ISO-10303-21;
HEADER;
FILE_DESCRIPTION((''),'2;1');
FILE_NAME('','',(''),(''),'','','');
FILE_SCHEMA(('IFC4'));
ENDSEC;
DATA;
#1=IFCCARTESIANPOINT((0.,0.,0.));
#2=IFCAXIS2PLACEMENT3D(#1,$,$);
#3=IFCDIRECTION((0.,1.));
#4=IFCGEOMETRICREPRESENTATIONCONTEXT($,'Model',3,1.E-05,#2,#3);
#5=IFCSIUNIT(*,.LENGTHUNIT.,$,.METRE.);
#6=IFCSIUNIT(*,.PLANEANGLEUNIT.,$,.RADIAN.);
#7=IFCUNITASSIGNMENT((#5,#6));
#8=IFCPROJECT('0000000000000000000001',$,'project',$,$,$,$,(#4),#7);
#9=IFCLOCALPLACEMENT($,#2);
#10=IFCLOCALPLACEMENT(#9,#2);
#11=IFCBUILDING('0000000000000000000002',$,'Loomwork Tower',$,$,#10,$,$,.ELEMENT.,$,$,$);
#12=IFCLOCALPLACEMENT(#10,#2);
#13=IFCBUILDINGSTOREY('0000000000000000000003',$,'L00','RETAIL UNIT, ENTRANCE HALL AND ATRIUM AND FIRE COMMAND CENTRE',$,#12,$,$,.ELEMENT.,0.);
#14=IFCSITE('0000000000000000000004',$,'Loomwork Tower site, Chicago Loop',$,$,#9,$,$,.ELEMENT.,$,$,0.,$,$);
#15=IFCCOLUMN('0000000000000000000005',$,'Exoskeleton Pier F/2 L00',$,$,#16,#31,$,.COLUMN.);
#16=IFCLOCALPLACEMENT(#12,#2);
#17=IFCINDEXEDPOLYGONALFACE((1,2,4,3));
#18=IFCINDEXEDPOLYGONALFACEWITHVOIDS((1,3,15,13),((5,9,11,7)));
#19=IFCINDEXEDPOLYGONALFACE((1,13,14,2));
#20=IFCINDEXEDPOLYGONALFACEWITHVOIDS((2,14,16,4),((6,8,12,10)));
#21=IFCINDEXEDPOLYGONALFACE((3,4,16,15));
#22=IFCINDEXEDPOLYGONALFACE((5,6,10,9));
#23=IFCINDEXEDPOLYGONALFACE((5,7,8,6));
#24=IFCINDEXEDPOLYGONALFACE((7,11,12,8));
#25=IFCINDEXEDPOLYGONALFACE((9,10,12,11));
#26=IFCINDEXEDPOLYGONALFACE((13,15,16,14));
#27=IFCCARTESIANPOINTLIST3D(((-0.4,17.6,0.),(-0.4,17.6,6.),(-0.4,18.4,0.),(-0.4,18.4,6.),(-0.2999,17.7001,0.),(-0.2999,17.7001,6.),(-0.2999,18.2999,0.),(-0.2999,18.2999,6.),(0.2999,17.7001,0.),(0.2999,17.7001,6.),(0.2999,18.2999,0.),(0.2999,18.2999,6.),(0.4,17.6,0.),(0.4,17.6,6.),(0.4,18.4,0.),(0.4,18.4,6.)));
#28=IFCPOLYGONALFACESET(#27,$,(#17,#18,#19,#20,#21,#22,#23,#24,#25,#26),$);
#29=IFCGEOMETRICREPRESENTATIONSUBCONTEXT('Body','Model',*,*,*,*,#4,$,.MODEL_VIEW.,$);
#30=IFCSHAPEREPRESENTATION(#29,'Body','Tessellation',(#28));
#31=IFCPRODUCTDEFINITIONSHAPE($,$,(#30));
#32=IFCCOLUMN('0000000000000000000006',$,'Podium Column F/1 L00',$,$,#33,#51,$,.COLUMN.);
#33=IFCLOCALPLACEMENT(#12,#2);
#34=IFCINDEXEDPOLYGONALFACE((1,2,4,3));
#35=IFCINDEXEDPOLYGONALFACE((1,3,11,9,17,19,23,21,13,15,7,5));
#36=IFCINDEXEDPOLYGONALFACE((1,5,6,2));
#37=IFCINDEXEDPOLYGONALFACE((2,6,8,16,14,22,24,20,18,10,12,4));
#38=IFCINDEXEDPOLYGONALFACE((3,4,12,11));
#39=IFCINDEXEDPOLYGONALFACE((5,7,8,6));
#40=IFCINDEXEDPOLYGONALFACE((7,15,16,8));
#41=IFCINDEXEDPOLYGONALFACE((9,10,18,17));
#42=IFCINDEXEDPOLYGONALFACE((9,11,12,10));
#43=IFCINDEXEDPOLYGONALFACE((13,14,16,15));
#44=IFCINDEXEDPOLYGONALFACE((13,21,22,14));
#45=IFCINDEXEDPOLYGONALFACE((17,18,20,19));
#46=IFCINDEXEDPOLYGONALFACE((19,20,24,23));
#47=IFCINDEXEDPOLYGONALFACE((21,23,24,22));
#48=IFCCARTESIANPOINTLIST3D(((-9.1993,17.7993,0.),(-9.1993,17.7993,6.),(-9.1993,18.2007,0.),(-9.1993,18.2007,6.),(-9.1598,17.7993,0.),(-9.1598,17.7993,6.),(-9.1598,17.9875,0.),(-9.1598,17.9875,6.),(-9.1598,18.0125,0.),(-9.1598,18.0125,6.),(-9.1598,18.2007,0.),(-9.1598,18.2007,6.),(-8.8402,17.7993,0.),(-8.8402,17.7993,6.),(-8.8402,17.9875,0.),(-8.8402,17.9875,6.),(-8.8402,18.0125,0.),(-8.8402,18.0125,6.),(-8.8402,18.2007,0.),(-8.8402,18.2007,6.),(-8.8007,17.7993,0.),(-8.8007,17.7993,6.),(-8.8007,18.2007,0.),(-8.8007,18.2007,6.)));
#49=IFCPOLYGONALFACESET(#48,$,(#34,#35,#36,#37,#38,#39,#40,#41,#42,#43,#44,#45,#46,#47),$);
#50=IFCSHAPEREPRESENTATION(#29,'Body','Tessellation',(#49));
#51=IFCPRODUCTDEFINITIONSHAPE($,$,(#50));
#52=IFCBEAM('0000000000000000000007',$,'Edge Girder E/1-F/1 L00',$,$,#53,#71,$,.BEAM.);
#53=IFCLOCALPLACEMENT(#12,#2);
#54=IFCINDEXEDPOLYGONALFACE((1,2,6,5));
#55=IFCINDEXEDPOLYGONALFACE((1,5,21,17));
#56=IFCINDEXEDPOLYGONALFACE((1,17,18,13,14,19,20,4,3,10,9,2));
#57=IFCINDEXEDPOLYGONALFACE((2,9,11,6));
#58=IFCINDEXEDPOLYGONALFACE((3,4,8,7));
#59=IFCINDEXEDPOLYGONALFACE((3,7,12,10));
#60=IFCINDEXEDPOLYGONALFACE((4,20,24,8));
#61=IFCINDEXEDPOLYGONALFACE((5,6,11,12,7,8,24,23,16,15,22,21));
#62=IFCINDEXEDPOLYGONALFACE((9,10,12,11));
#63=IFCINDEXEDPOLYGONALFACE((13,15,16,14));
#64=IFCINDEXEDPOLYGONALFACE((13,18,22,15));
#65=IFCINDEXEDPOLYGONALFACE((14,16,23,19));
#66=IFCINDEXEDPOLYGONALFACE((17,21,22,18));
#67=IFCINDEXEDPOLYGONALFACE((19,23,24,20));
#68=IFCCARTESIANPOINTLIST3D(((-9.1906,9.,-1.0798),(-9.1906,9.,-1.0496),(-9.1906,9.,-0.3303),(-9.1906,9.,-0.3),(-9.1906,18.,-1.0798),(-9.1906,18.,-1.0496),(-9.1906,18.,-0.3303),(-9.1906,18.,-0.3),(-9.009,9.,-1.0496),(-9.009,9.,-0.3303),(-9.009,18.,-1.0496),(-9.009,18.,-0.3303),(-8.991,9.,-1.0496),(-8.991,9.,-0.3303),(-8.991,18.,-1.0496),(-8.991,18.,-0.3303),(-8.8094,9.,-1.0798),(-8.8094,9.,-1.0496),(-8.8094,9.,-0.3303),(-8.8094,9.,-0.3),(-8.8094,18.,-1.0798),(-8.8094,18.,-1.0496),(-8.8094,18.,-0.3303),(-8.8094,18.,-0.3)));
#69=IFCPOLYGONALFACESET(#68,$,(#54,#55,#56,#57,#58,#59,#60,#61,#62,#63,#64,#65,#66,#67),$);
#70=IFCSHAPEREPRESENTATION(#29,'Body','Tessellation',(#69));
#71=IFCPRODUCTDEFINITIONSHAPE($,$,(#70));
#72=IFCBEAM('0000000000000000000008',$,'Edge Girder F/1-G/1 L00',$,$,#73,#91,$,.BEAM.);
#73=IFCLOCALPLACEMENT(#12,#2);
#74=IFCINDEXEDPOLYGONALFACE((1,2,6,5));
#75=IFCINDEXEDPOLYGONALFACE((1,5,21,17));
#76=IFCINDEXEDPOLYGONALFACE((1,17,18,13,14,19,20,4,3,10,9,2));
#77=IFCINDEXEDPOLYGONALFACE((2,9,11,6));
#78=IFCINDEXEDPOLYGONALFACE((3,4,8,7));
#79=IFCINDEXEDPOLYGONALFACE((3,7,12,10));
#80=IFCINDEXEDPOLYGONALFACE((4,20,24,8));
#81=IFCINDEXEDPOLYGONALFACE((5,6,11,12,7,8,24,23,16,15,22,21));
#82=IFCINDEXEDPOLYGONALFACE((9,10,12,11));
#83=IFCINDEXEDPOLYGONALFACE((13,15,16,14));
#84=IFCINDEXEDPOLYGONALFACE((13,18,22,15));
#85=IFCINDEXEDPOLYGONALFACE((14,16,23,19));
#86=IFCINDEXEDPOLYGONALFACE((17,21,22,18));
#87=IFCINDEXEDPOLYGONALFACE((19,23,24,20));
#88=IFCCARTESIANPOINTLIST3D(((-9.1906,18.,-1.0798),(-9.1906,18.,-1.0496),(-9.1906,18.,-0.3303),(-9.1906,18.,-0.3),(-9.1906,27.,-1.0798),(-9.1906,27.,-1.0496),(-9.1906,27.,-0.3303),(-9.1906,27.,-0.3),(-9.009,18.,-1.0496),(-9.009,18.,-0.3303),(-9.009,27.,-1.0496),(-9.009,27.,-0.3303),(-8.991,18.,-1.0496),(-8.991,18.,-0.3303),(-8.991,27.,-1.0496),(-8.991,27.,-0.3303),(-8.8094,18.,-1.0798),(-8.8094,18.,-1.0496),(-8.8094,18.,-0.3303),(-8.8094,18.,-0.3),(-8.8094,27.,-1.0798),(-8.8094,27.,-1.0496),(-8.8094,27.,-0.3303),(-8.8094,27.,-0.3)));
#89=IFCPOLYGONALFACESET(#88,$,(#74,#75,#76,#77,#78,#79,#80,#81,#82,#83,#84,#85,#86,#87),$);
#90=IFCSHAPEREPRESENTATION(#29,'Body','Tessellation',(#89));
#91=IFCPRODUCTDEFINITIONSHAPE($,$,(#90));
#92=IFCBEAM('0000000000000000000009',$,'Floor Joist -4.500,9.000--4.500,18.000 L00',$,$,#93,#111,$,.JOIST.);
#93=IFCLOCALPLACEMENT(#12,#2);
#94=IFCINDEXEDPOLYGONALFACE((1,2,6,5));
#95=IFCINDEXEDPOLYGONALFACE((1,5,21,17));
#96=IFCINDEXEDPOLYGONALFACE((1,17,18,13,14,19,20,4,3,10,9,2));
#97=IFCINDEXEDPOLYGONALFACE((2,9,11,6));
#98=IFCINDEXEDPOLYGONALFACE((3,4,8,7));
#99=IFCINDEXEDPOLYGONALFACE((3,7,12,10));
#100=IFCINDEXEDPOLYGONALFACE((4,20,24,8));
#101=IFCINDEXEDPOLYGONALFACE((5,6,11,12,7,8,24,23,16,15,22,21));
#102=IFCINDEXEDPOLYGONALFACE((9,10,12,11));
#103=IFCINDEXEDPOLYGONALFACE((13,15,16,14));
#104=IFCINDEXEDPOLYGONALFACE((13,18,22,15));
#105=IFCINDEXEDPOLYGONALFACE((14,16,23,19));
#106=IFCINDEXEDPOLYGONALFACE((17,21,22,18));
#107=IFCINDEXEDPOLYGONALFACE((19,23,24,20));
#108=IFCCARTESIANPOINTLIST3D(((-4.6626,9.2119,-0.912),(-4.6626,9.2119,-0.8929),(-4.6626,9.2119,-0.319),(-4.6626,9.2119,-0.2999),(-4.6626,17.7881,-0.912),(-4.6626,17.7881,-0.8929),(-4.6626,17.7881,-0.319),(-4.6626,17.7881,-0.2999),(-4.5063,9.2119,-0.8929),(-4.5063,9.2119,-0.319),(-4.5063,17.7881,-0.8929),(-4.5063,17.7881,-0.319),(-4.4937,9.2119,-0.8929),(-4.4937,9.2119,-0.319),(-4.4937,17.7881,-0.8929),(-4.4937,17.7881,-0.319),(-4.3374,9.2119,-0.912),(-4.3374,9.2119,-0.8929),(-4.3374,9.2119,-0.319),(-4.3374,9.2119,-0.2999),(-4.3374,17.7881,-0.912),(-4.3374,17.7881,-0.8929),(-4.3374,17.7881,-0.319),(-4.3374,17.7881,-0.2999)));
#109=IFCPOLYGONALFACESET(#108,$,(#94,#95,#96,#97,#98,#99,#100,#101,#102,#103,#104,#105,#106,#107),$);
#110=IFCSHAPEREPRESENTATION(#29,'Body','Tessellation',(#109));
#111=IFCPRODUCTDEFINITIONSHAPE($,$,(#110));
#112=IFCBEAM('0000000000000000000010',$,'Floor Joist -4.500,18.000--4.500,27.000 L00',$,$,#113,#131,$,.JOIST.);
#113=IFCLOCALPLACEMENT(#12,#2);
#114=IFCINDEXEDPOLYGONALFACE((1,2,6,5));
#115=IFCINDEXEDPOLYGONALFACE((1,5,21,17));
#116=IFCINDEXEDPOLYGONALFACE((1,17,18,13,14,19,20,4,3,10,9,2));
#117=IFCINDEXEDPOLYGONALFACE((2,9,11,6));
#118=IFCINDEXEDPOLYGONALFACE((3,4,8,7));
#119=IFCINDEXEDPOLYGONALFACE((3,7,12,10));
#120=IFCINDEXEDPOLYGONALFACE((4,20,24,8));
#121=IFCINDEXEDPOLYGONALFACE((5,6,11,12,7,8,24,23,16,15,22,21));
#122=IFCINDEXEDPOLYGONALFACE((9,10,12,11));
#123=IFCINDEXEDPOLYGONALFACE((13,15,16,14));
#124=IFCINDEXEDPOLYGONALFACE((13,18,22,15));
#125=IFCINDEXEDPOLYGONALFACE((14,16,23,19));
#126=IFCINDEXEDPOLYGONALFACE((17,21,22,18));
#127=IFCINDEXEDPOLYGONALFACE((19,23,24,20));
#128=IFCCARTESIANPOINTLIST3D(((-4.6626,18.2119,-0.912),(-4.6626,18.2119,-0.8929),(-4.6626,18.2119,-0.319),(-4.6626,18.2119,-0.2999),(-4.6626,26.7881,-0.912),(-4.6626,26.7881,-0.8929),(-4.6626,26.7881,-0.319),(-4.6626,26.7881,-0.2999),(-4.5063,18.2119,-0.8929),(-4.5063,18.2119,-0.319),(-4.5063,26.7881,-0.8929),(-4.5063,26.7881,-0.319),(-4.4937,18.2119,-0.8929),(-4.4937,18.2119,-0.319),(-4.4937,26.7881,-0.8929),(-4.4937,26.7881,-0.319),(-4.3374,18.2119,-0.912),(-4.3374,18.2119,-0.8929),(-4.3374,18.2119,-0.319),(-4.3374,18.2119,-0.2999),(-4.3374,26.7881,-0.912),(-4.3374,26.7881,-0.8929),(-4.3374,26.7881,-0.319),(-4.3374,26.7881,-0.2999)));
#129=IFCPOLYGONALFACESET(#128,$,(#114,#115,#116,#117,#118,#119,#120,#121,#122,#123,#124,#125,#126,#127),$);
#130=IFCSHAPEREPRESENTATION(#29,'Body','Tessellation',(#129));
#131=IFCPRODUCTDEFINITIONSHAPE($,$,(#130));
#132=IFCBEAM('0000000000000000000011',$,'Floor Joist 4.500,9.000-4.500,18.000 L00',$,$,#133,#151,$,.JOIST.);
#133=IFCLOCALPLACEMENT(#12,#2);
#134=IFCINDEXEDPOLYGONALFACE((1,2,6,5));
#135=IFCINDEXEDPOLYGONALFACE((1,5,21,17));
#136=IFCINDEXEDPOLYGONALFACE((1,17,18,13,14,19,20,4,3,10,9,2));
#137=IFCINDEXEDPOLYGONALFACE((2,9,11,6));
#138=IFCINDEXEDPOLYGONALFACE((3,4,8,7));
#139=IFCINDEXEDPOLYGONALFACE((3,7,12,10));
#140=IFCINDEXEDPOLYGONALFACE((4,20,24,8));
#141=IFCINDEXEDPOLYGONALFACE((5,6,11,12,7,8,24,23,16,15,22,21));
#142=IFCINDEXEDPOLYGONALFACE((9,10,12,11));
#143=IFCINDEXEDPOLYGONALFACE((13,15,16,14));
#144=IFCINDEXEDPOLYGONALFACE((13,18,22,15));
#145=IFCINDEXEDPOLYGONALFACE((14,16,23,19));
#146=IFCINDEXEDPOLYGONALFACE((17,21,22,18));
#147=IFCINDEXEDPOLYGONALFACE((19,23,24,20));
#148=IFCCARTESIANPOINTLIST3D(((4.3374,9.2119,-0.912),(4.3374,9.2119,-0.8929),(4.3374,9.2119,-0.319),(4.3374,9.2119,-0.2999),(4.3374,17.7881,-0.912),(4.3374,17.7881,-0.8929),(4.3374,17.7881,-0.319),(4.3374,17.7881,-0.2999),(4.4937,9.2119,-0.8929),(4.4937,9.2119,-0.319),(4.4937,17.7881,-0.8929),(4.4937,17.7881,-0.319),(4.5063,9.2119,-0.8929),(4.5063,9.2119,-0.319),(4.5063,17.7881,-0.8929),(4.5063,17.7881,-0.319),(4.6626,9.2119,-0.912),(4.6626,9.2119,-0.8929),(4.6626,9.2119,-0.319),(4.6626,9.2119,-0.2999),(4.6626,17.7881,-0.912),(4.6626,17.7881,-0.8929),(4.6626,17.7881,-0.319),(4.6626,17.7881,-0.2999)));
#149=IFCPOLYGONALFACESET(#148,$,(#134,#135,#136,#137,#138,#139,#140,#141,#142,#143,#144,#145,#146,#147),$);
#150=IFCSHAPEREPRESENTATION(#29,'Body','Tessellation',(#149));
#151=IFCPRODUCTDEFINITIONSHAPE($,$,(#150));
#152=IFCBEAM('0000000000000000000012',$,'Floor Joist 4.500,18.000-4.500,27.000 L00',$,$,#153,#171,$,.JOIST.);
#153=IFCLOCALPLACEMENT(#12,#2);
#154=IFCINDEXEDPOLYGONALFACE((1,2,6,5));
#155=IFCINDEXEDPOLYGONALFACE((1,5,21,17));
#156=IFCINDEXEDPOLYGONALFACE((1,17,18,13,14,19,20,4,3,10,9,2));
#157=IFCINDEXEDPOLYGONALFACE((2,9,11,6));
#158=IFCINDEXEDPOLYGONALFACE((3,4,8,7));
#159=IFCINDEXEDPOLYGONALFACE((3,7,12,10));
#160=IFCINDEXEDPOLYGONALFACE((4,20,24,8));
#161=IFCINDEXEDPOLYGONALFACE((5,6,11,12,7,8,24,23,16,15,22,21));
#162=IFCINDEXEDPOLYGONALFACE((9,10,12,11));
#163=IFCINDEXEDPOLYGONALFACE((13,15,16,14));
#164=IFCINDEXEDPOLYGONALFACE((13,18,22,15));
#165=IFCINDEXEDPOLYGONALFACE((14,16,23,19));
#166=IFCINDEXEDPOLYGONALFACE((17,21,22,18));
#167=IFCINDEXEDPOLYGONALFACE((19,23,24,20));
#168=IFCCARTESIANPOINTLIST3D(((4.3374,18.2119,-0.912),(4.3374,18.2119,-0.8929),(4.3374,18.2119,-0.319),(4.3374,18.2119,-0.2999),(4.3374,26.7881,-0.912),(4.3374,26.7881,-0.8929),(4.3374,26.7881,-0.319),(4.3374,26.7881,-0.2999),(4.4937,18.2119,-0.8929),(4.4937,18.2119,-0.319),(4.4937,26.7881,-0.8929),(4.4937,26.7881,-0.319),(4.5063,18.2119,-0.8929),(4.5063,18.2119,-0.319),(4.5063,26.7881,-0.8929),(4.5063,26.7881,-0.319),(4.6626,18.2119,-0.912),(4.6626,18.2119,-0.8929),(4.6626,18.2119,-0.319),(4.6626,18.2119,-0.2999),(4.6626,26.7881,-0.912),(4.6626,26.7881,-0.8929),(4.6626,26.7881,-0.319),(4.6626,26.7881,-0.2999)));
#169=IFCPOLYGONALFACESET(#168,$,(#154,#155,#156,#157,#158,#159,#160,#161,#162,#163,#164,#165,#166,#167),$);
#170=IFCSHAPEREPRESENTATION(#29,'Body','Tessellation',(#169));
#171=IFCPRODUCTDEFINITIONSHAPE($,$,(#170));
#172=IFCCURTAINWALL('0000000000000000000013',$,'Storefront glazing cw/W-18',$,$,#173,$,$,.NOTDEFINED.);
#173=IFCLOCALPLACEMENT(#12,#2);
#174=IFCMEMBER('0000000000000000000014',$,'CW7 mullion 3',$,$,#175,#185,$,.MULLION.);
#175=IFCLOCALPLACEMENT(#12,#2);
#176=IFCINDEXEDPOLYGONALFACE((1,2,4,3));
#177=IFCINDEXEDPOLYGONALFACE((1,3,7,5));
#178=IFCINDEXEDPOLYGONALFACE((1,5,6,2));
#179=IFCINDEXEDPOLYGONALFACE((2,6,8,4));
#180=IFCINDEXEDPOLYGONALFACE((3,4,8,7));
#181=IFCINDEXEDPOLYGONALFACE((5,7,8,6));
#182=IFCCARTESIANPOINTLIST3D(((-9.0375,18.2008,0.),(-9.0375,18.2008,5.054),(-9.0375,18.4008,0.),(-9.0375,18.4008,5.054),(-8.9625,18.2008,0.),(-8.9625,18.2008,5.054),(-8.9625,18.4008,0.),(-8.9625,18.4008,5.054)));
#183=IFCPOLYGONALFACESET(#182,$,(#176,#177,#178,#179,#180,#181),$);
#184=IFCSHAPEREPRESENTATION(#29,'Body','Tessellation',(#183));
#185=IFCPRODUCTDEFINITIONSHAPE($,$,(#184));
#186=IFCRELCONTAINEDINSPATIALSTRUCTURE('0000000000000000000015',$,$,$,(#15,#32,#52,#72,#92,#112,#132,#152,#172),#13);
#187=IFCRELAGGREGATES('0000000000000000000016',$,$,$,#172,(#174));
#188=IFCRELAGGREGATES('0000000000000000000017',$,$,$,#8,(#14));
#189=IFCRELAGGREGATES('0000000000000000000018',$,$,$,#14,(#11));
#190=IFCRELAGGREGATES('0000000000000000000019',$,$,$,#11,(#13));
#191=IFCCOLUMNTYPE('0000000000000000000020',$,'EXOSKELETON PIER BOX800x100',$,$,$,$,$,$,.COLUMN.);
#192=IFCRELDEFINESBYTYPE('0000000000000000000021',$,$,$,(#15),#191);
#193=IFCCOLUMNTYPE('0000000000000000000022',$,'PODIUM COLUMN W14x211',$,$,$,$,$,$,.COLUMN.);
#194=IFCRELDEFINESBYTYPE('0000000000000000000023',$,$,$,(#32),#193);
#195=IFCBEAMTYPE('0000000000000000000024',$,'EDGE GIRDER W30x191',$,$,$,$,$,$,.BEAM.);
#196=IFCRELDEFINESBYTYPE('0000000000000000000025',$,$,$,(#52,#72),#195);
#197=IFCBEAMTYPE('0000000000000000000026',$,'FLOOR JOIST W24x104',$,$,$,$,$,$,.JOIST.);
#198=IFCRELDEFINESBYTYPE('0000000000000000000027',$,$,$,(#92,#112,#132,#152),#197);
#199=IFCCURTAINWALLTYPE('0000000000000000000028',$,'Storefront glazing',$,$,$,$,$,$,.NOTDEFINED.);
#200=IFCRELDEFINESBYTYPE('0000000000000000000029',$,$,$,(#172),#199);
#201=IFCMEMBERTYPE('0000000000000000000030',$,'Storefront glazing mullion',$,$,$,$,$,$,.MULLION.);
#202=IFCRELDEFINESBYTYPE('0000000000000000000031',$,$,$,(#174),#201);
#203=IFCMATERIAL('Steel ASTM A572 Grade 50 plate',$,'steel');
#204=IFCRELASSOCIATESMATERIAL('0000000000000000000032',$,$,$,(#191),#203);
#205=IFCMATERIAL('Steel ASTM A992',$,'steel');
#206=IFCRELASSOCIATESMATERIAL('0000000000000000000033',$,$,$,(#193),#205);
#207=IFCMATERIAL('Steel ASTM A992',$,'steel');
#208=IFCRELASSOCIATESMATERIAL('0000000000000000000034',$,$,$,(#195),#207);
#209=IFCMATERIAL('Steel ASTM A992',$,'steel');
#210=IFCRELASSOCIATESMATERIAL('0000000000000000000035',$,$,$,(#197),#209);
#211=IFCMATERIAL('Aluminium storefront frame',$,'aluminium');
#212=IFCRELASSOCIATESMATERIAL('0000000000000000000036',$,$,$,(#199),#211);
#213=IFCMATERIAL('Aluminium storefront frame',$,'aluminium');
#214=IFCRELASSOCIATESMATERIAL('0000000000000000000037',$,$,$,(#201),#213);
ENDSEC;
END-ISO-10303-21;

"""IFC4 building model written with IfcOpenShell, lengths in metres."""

from ifc_helpers import new_model, si_unit, direction, frame, origin, origin_2d, place, context, subcontext, project, spatial, rectangle, hollow_rectangle, i_section, extrude, material, material_profile, profile_set, type_object, element, aggregate, save


model = new_model("IFC4")

# Units and contexts
model_context = context("Model", 3, precision=1e-05, world=origin(), true_north=direction((0.0, 1.0)))
body_context = subcontext(model_context, "Body", "Model", "MODEL_VIEW")
ifc_project = project(units=[si_unit("LENGTHUNIT", "METRE"), si_unit("PLANEANGLEUNIT", "RADIAN")], contexts=[model_context])

# Site, building, storey
site_placement = place(None, origin())
site = spatial("IfcSite", under=ifc_project, at=site_placement, Name="Loomwork Tower site, Chicago Loop", CompositionType="ELEMENT", RefElevation=0.0)
building_placement = place(site_placement, origin())
building = spatial("IfcBuilding", under=site, at=building_placement, Name="Loomwork Tower", CompositionType="ELEMENT")
storey_placement = place(building_placement, origin())
storey = spatial("IfcBuildingStorey", under=building, at=storey_placement, Name="L00", Description="RETAIL UNIT, ENTRANCE HALL AND ATRIUM AND FIRE COMMAND CENTRE", CompositionType="ELEMENT", Elevation=0.0)

# Columns
ifc_material_1 = material(Name="Steel ASTM A572 Grade 50 plate", Category="steel")
ifc_material_profile_1 = material_profile(ifc_material_1, hollow_rectangle(XDim=0.8, YDim=0.8, WallThickness=0.1001, at=origin_2d()), Name="BOX800x100")
ifc_profile_set_1 = profile_set([ifc_material_profile_1], Name="Steel ASTM A572 Grade 50 plate")
column_type_1 = type_object("IfcColumnType", Name="EXOSKELETON PIER BOX800x100", PredefinedType="COLUMN", material=ifc_profile_set_1)
column_1_placement = place(storey_placement, frame((0.0, 18.0, 0.0), z_axis=(0.0, 0.0, 1.0), x_axis=(0.0, 1.0, 0.0)))
element("IfcColumn", 1, at=column_1_placement, inside=storey, type_object=column_type_1, Name="Exoskeleton Pier F/2 L00", PredefinedType="COLUMN", context=body_context, shape_type="SweptSolid", body=[
    extrude(hollow_rectangle(XDim=0.8, YDim=0.8, WallThickness=0.1001, at=origin_2d()), origin(), (0.0, 0.0, 1.0), 6.0),
])
ifc_material_2 = material(Name="Steel ASTM A992", Category="steel")
ifc_material_profile_2 = material_profile(ifc_material_2, i_section(OverallWidth=0.4014, OverallDepth=0.3987, WebThickness=0.0249, FlangeThickness=0.0396, at=origin_2d()), Name="W14x211")
ifc_profile_set_2 = profile_set([ifc_material_profile_2], Name="Steel ASTM A992")
column_type_2 = type_object("IfcColumnType", Name="PODIUM COLUMN W14x211", PredefinedType="COLUMN", material=ifc_profile_set_2)
column_2_placement = place(storey_placement, frame((-9.0, 18.0, 0.0), z_axis=(0.0, 0.0, 1.0), x_axis=(0.0, 1.0, 0.0)))
element("IfcColumn", 2, at=column_2_placement, inside=storey, type_object=column_type_2, Name="Podium Column F/1 L00", PredefinedType="COLUMN", context=body_context, shape_type="SweptSolid", body=[
    extrude(i_section(OverallWidth=0.4014, OverallDepth=0.3987, WebThickness=0.0249, FlangeThickness=0.0396, at=origin_2d()), origin(), (0.0, 0.0, 1.0), 6.0),
])

# Beams
ifc_material_3 = material(Name="Steel ASTM A992", Category="steel")
ifc_material_profile_3 = material_profile(ifc_material_3, i_section(OverallWidth=0.3811, OverallDepth=0.7798, WebThickness=0.0181, FlangeThickness=0.0303, at=origin_2d()), Name="W30x191")
ifc_profile_set_3 = profile_set([ifc_material_profile_3], Name="Steel ASTM A992")
beam_type_1 = type_object("IfcBeamType", Name="EDGE GIRDER W30x191", PredefinedType="BEAM", material=ifc_profile_set_3)
for number, where, z_axis, x_axis, name in (
    (3, (-9.0, 9.0, -0.6899), (0.0, 1.0, 0.0), (-1.0, 0.0, 0.0), "Edge Girder E/1-F/1 L00"),
    (4, (-9.0, 18.0, -0.6899), (0.0, 1.0, 0.0), (-1.0, 0.0, 0.0), "Edge Girder F/1-G/1 L00"),
):
    element("IfcBeam", number, at=place(storey_placement, frame(where, z_axis=z_axis, x_axis=x_axis)), inside=storey, type_object=beam_type_1, Name=name, PredefinedType="BEAM", context=body_context, shape_type="SweptSolid", body=[
        extrude(i_section(OverallWidth=0.3811, OverallDepth=0.7798, WebThickness=0.0181, FlangeThickness=0.0303, at=origin_2d()), origin(), (0.0, 0.0, 1.0), 9.0),
    ])
ifc_material_4 = material(Name="Steel ASTM A992", Category="steel")
ifc_material_profile_4 = material_profile(ifc_material_4, i_section(OverallWidth=0.3252, OverallDepth=0.6121, WebThickness=0.0127, FlangeThickness=0.019, at=origin_2d()), Name="W24x104")
ifc_profile_set_4 = profile_set([ifc_material_profile_4], Name="Steel ASTM A992")
beam_type_2 = type_object("IfcBeamType", Name="FLOOR JOIST W24x104", PredefinedType="JOIST", material=ifc_profile_set_4)
for number, where, z_axis, x_axis, name in (
    (5, (-4.5, 9.2119, -0.606), (0.0, 1.0, 0.0), (-1.0, 0.0, 0.0), "Floor Joist -4.500,9.000--4.500,18.000 L00"),
    (6, (-4.5, 18.2119, -0.606), (0.0, 1.0, 0.0), (-1.0, 0.0, 0.0), "Floor Joist -4.500,18.000--4.500,27.000 L00"),
    (7, (4.5, 9.2119, -0.606), (0.0, 1.0, 0.0), (-1.0, 0.0, 0.0), "Floor Joist 4.500,9.000-4.500,18.000 L00"),
    (8, (4.5, 18.2119, -0.606), (0.0, 1.0, 0.0), (-1.0, 0.0, 0.0), "Floor Joist 4.500,18.000-4.500,27.000 L00"),
):
    element("IfcBeam", number, at=place(storey_placement, frame(where, z_axis=z_axis, x_axis=x_axis)), inside=storey, type_object=beam_type_2, Name=name, PredefinedType="JOIST", context=body_context, shape_type="SweptSolid", body=[
        extrude(i_section(OverallWidth=0.3252, OverallDepth=0.6121, WebThickness=0.0127, FlangeThickness=0.019, at=origin_2d()), origin(), (0.0, 0.0, 1.0), 8.5762),
    ])

# Curtain wall, member
ifc_material_5 = material(Name="Aluminium storefront frame", Category="aluminium")
curtain_wall_type = type_object("IfcCurtainWallType", Name="Storefront glazing", PredefinedType="NOTDEFINED", material=ifc_material_5)
curtain_wall_placement = place(storey_placement, origin())
curtain_wall = element("IfcCurtainWall", 9, at=curtain_wall_placement, inside=storey, type_object=curtain_wall_type, Name="Storefront glazing cw/W-18", PredefinedType="NOTDEFINED")
ifc_material_6 = material(Name="Aluminium storefront frame", Category="aluminium")
ifc_material_profile_5 = material_profile(ifc_material_6, rectangle(XDim=0.075, YDim=0.2, at=origin_2d()), Name="AL 75x200")
ifc_profile_set_5 = profile_set([ifc_material_profile_5], Name="Aluminium storefront frame")
member_type = type_object("IfcMemberType", Name="Storefront glazing mullion", PredefinedType="MULLION", material=ifc_profile_set_5)
member_placement = place(storey_placement, frame((-9.0, 18.3008, 0.0), z_axis=(0.0, 0.0, 1.0), x_axis=(1.0, 0.0, 0.0)))
member = element("IfcMember", 10, at=member_placement, type_object=member_type, Name="CW7 mullion 3", PredefinedType="MULLION", context=body_context, shape_type="SweptSolid", body=[
    extrude(rectangle(XDim=0.075, YDim=0.2, at=origin_2d()), origin(), (0.0, 0.0, 1.0), 5.054),
])

aggregate(curtain_wall, [member])

save(model, "model.ifc")
